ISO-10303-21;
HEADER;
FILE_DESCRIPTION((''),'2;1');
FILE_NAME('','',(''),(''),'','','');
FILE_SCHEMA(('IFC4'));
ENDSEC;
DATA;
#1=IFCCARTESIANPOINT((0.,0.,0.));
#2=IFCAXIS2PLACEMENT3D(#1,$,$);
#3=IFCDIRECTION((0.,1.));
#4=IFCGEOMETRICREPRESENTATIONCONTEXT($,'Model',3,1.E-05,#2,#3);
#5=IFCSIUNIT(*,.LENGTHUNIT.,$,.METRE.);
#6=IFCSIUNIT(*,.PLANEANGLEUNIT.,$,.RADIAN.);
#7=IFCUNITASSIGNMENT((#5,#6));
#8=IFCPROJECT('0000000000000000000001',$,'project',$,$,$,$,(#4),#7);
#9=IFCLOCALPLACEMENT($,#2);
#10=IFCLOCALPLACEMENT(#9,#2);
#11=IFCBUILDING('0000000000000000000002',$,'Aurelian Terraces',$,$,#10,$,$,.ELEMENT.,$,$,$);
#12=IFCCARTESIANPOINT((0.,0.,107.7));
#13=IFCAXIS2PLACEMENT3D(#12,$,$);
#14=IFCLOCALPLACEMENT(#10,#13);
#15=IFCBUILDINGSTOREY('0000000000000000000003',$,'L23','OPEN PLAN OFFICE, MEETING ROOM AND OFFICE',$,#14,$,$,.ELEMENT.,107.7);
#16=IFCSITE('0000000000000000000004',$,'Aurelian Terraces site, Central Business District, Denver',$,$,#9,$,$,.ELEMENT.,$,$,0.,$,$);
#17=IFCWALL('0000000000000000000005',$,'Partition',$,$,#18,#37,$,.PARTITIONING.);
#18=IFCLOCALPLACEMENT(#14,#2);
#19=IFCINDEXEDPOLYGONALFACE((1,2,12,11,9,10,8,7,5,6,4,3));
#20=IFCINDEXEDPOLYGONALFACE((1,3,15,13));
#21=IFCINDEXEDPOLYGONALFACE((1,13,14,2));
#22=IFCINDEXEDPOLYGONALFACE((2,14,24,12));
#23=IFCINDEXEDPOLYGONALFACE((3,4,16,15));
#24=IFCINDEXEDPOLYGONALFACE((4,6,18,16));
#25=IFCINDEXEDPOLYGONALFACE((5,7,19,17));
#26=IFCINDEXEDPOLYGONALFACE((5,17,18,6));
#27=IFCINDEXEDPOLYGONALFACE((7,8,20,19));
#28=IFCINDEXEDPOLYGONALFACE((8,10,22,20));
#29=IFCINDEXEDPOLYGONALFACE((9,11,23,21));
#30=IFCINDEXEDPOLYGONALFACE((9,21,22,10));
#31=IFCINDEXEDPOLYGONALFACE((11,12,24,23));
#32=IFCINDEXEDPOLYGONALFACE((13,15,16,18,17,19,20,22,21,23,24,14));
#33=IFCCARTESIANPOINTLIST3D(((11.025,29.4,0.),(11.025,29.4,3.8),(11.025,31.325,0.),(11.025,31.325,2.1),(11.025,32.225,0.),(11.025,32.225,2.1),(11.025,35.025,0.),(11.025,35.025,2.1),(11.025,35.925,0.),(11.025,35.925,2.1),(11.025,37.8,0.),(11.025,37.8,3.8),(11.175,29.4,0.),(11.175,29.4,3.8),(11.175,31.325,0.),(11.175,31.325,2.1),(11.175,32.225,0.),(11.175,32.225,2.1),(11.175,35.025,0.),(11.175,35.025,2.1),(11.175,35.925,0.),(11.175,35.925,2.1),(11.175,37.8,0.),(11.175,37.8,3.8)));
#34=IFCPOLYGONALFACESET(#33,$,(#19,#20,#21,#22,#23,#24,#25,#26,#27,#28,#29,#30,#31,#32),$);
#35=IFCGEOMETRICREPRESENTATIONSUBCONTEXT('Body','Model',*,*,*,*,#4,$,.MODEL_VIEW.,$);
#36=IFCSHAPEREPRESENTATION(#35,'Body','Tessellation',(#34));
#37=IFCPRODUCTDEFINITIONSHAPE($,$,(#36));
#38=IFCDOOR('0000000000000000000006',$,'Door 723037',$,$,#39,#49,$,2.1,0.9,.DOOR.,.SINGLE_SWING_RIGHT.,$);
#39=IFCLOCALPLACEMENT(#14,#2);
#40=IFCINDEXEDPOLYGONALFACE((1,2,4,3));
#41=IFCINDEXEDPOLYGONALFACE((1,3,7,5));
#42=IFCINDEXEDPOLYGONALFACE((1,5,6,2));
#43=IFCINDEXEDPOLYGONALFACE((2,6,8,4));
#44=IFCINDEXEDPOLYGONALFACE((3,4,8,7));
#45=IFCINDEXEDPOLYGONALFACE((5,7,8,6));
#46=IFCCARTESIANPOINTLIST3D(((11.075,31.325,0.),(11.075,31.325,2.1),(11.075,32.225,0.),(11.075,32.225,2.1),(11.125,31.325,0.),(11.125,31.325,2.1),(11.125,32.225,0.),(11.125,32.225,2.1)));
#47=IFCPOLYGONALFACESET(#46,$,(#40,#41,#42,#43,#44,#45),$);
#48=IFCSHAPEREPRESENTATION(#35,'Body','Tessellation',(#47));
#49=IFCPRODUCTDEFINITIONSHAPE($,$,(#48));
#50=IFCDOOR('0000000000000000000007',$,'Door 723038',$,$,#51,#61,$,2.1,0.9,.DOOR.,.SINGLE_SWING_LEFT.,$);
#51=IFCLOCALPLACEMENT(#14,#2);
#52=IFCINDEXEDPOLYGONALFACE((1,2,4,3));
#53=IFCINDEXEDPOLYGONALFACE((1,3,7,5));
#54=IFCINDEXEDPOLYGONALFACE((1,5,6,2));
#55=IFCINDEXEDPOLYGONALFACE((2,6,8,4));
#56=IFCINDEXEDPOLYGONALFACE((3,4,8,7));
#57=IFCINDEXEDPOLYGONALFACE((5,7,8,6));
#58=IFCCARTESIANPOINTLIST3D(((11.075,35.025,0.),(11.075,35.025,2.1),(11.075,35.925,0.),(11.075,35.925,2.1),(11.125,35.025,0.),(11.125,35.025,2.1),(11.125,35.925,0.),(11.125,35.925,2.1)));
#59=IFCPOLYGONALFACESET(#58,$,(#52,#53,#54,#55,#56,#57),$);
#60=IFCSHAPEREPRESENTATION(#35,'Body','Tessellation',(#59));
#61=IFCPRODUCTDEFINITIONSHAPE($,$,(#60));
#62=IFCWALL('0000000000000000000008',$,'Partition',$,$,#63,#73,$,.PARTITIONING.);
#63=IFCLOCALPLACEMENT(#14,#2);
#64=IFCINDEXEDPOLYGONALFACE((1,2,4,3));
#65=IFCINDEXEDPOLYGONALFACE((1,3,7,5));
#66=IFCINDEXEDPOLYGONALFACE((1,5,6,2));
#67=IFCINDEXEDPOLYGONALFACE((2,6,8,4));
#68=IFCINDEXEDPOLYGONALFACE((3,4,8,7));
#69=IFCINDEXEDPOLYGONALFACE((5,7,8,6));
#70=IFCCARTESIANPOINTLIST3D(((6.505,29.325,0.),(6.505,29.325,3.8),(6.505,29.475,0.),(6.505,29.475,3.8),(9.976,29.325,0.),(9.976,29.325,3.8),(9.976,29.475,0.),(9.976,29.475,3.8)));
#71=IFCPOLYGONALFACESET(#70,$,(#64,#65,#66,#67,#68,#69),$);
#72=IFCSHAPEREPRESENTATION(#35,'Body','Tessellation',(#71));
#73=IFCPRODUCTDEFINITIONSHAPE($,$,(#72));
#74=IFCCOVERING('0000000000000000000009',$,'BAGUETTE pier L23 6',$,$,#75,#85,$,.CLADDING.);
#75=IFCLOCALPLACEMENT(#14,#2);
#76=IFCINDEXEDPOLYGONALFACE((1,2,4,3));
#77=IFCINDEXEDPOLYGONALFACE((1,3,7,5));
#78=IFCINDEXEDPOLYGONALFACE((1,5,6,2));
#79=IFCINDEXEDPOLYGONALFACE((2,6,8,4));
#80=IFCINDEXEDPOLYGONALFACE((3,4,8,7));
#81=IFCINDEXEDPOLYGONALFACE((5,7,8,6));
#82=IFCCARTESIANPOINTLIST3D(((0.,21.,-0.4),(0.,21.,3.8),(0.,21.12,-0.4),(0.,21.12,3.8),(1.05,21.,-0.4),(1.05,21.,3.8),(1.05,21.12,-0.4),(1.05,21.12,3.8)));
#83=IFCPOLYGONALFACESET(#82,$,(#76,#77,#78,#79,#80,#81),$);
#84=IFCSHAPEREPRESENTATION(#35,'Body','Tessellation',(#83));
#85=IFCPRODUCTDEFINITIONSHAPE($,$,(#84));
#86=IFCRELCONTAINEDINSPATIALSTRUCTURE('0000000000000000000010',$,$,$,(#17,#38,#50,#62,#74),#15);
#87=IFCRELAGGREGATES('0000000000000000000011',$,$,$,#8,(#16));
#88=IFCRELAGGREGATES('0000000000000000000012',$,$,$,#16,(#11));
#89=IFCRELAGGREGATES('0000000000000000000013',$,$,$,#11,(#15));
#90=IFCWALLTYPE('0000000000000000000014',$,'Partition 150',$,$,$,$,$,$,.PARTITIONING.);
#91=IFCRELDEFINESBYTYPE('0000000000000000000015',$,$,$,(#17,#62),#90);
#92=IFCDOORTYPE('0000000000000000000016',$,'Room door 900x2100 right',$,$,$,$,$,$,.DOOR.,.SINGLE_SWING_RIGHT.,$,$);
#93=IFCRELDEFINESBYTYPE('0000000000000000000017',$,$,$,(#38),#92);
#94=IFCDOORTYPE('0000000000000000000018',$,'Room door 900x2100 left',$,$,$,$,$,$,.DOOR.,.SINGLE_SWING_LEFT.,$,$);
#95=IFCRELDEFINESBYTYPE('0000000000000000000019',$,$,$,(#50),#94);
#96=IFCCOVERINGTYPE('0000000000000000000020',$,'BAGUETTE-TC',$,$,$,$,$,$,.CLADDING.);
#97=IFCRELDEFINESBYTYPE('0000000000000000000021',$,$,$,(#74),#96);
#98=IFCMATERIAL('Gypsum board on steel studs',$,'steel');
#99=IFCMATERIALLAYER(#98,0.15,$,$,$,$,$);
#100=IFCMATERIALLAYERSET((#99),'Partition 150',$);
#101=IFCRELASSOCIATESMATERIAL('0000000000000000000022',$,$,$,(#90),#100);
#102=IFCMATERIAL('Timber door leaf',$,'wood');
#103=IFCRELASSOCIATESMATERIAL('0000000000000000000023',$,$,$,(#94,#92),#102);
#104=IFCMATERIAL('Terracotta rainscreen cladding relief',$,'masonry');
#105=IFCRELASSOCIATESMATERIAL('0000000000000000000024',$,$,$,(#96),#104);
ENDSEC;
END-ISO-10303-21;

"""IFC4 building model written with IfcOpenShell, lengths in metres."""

from ifc_helpers import new_model, si_unit, direction, frame, frame_2d, origin, origin_2d, place, context, subcontext, project, spatial, rectangle, extrude, source, transform, mapped, material, layer, layer_set, type_object, element, fill, save


model = new_model("IFC4")

# Units and contexts
model_context = context("Model", 3, precision=1e-05, world=origin(), true_north=direction((0.0, 1.0)))
body_context = subcontext(model_context, "Body", "Model", "MODEL_VIEW")
ifc_project = project(units=[si_unit("LENGTHUNIT", "METRE"), si_unit("PLANEANGLEUNIT", "RADIAN")], contexts=[model_context])

# Site, building, storey
site_placement = place(None, origin())
site = spatial("IfcSite", under=ifc_project, at=site_placement, Name="Aurelian Terraces site, Central Business District, Denver", CompositionType="ELEMENT", RefElevation=0.0)
building_placement = place(site_placement, origin())
building = spatial("IfcBuilding", under=site, at=building_placement, Name="Aurelian Terraces", CompositionType="ELEMENT")
storey_placement = place(building_placement, frame((0.0, 0.0, 107.7)))
storey = spatial("IfcBuildingStorey", under=building, at=storey_placement, Name="L23", Description="OPEN PLAN OFFICE, MEETING ROOM AND OFFICE", CompositionType="ELEMENT", Elevation=107.7)

# Shared definitions
ifc_material_1 = material(Name="Gypsum board on steel studs", Category="steel")
ifc_layer_1 = layer(ifc_material_1, 0.15)
ifc_layer_set_1 = layer_set([ifc_layer_1], Name="Partition 150")
wall_type_1 = type_object("IfcWallType", Name="Partition 150", PredefinedType="PARTITIONING", material=ifc_layer_set_1)
shared_shape_1 = source(origin(), body_context, "Body", "SweptSolid", [
    extrude(rectangle(XDim=0.9, YDim=2.1, at=frame_2d((0.45, 1.05))), frame((0.0, 0.085, 0.0), z_axis=(0.0, -1.0, 0.0), x_axis=(1.0, 0.0, 0.0)), (0.0, 0.0, 1.0), 0.17),
])
ifc_material_2 = material(Name="Timber door leaf", Category="wood")
door_type_1 = type_object("IfcDoorType", Name="Room door 900x2100 left", OperationType="SINGLE_SWING_LEFT", PredefinedType="DOOR", material=ifc_material_2)
shared_shape_2 = source(origin(), body_context, "Body", "SweptSolid", [
    extrude(rectangle(XDim=0.9, YDim=2.1, at=frame_2d((0.45, 1.05))), frame((0.0, 0.025, 0.0), z_axis=(0.0, -1.0, 0.0), x_axis=(1.0, 0.0, 0.0)), (0.0, 0.0, 1.0), 0.05),
])
door_type_2 = type_object("IfcDoorType", Name="Room door 900x2100 right", OperationType="SINGLE_SWING_RIGHT", PredefinedType="DOOR", material=ifc_material_2)

# Wall, openings, doors
shared_shape_3 = source(origin(), body_context, "Body", "SweptSolid", [
    extrude(rectangle(XDim=8.4, YDim=0.15, at=frame_2d((4.2, 0.0))), origin(), (0.0, 0.0, 1.0), 3.8),
])
wall_1_placement = place(storey_placement, frame((11.1, 29.4, 0.0), z_axis=(0.0, 0.0, 1.0), x_axis=(0.0, 1.0, 0.0)))
wall_1 = element("IfcWall", 1, at=wall_1_placement, inside=storey, type_object=wall_type_1, Name="Partition", PredefinedType="PARTITIONING", context=body_context, shape_type="MappedRepresentation", body=[
    mapped(shared_shape_3, transform((0.0, 0.0, 0.0), scale=1.0)),
])
opening_1_placement = place(wall_1_placement, frame((1.925, 0.0, 0.0)))
opening_1 = element("IfcOpeningElement", 2, at=opening_1_placement, cuts=wall_1, PredefinedType="OPENING", context=body_context, shape_type="MappedRepresentation", body=[
    mapped(shared_shape_1, transform((0.0, 0.0, 0.0), scale=1.0)),
])
opening_2_placement = place(wall_1_placement, frame((5.625, 0.0, 0.0)))
opening_2 = element("IfcOpeningElement", 3, at=opening_2_placement, cuts=wall_1, PredefinedType="OPENING", context=body_context, shape_type="MappedRepresentation", body=[
    mapped(shared_shape_1, transform((0.0, 0.0, 0.0), scale=1.0)),
])
door_1_placement = place(opening_1_placement, origin())
door_1 = element("IfcDoor", 4, at=door_1_placement, inside=storey, type_object=door_type_2, Name="Door 723037", OperationType="SINGLE_SWING_RIGHT", OverallHeight=2.1, OverallWidth=0.9, PredefinedType="DOOR", context=body_context, shape_type="MappedRepresentation", body=[
    mapped(shared_shape_2, transform((0.0, 0.0, 0.0), scale=1.0)),
])
fill(opening_1, door_1)
door_2_placement = place(opening_2_placement, origin())
door_2 = element("IfcDoor", 5, at=door_2_placement, inside=storey, type_object=door_type_1, Name="Door 723038", OperationType="SINGLE_SWING_LEFT", OverallHeight=2.1, OverallWidth=0.9, PredefinedType="DOOR", context=body_context, shape_type="MappedRepresentation", body=[
    mapped(shared_shape_2, transform((0.0, 0.0, 0.0), scale=1.0)),
])
fill(opening_2, door_2)

# Wall
shared_shape_4 = source(origin(), body_context, "Body", "SweptSolid", [
    extrude(rectangle(XDim=3.471, YDim=0.15, at=frame_2d((1.7355, 0.0))), origin(), (0.0, 0.0, 1.0), 3.8),
])
wall_2_placement = place(storey_placement, frame((9.976, 29.4, 0.0), z_axis=(0.0, 0.0, 1.0), x_axis=(-1.0, 0.0, 0.0)))
element("IfcWall", 6, at=wall_2_placement, inside=storey, type_object=wall_type_1, Name="Partition", PredefinedType="PARTITIONING", context=body_context, shape_type="MappedRepresentation", body=[
    mapped(shared_shape_4, transform((0.0, 0.0, 0.0), scale=1.0)),
])

# Covering
ifc_material_3 = material(Name="Terracotta rainscreen cladding relief", Category="masonry")
covering_type = type_object("IfcCoveringType", Name="BAGUETTE-TC", PredefinedType="CLADDING", material=ifc_material_3)
shared_shape_5 = source(origin(), body_context, "Body", "SweptSolid", [
    extrude(rectangle(XDim=1.05, YDim=0.12, at=origin_2d()), origin(), (0.0, 0.0, 1.0), 4.2),
])
covering_placement = place(storey_placement, frame((0.525, 21.06, -0.4), z_axis=(0.0, 0.0, 1.0), x_axis=(1.0, 0.0, 0.0)))
element("IfcCovering", 7, at=covering_placement, inside=storey, type_object=covering_type, Name="BAGUETTE pier L23 6", PredefinedType="CLADDING", context=body_context, shape_type="MappedRepresentation", body=[
    mapped(shared_shape_5, transform((0.0, 0.0, 0.0), scale=1.0)),
])

save(model, "model.ifc")
